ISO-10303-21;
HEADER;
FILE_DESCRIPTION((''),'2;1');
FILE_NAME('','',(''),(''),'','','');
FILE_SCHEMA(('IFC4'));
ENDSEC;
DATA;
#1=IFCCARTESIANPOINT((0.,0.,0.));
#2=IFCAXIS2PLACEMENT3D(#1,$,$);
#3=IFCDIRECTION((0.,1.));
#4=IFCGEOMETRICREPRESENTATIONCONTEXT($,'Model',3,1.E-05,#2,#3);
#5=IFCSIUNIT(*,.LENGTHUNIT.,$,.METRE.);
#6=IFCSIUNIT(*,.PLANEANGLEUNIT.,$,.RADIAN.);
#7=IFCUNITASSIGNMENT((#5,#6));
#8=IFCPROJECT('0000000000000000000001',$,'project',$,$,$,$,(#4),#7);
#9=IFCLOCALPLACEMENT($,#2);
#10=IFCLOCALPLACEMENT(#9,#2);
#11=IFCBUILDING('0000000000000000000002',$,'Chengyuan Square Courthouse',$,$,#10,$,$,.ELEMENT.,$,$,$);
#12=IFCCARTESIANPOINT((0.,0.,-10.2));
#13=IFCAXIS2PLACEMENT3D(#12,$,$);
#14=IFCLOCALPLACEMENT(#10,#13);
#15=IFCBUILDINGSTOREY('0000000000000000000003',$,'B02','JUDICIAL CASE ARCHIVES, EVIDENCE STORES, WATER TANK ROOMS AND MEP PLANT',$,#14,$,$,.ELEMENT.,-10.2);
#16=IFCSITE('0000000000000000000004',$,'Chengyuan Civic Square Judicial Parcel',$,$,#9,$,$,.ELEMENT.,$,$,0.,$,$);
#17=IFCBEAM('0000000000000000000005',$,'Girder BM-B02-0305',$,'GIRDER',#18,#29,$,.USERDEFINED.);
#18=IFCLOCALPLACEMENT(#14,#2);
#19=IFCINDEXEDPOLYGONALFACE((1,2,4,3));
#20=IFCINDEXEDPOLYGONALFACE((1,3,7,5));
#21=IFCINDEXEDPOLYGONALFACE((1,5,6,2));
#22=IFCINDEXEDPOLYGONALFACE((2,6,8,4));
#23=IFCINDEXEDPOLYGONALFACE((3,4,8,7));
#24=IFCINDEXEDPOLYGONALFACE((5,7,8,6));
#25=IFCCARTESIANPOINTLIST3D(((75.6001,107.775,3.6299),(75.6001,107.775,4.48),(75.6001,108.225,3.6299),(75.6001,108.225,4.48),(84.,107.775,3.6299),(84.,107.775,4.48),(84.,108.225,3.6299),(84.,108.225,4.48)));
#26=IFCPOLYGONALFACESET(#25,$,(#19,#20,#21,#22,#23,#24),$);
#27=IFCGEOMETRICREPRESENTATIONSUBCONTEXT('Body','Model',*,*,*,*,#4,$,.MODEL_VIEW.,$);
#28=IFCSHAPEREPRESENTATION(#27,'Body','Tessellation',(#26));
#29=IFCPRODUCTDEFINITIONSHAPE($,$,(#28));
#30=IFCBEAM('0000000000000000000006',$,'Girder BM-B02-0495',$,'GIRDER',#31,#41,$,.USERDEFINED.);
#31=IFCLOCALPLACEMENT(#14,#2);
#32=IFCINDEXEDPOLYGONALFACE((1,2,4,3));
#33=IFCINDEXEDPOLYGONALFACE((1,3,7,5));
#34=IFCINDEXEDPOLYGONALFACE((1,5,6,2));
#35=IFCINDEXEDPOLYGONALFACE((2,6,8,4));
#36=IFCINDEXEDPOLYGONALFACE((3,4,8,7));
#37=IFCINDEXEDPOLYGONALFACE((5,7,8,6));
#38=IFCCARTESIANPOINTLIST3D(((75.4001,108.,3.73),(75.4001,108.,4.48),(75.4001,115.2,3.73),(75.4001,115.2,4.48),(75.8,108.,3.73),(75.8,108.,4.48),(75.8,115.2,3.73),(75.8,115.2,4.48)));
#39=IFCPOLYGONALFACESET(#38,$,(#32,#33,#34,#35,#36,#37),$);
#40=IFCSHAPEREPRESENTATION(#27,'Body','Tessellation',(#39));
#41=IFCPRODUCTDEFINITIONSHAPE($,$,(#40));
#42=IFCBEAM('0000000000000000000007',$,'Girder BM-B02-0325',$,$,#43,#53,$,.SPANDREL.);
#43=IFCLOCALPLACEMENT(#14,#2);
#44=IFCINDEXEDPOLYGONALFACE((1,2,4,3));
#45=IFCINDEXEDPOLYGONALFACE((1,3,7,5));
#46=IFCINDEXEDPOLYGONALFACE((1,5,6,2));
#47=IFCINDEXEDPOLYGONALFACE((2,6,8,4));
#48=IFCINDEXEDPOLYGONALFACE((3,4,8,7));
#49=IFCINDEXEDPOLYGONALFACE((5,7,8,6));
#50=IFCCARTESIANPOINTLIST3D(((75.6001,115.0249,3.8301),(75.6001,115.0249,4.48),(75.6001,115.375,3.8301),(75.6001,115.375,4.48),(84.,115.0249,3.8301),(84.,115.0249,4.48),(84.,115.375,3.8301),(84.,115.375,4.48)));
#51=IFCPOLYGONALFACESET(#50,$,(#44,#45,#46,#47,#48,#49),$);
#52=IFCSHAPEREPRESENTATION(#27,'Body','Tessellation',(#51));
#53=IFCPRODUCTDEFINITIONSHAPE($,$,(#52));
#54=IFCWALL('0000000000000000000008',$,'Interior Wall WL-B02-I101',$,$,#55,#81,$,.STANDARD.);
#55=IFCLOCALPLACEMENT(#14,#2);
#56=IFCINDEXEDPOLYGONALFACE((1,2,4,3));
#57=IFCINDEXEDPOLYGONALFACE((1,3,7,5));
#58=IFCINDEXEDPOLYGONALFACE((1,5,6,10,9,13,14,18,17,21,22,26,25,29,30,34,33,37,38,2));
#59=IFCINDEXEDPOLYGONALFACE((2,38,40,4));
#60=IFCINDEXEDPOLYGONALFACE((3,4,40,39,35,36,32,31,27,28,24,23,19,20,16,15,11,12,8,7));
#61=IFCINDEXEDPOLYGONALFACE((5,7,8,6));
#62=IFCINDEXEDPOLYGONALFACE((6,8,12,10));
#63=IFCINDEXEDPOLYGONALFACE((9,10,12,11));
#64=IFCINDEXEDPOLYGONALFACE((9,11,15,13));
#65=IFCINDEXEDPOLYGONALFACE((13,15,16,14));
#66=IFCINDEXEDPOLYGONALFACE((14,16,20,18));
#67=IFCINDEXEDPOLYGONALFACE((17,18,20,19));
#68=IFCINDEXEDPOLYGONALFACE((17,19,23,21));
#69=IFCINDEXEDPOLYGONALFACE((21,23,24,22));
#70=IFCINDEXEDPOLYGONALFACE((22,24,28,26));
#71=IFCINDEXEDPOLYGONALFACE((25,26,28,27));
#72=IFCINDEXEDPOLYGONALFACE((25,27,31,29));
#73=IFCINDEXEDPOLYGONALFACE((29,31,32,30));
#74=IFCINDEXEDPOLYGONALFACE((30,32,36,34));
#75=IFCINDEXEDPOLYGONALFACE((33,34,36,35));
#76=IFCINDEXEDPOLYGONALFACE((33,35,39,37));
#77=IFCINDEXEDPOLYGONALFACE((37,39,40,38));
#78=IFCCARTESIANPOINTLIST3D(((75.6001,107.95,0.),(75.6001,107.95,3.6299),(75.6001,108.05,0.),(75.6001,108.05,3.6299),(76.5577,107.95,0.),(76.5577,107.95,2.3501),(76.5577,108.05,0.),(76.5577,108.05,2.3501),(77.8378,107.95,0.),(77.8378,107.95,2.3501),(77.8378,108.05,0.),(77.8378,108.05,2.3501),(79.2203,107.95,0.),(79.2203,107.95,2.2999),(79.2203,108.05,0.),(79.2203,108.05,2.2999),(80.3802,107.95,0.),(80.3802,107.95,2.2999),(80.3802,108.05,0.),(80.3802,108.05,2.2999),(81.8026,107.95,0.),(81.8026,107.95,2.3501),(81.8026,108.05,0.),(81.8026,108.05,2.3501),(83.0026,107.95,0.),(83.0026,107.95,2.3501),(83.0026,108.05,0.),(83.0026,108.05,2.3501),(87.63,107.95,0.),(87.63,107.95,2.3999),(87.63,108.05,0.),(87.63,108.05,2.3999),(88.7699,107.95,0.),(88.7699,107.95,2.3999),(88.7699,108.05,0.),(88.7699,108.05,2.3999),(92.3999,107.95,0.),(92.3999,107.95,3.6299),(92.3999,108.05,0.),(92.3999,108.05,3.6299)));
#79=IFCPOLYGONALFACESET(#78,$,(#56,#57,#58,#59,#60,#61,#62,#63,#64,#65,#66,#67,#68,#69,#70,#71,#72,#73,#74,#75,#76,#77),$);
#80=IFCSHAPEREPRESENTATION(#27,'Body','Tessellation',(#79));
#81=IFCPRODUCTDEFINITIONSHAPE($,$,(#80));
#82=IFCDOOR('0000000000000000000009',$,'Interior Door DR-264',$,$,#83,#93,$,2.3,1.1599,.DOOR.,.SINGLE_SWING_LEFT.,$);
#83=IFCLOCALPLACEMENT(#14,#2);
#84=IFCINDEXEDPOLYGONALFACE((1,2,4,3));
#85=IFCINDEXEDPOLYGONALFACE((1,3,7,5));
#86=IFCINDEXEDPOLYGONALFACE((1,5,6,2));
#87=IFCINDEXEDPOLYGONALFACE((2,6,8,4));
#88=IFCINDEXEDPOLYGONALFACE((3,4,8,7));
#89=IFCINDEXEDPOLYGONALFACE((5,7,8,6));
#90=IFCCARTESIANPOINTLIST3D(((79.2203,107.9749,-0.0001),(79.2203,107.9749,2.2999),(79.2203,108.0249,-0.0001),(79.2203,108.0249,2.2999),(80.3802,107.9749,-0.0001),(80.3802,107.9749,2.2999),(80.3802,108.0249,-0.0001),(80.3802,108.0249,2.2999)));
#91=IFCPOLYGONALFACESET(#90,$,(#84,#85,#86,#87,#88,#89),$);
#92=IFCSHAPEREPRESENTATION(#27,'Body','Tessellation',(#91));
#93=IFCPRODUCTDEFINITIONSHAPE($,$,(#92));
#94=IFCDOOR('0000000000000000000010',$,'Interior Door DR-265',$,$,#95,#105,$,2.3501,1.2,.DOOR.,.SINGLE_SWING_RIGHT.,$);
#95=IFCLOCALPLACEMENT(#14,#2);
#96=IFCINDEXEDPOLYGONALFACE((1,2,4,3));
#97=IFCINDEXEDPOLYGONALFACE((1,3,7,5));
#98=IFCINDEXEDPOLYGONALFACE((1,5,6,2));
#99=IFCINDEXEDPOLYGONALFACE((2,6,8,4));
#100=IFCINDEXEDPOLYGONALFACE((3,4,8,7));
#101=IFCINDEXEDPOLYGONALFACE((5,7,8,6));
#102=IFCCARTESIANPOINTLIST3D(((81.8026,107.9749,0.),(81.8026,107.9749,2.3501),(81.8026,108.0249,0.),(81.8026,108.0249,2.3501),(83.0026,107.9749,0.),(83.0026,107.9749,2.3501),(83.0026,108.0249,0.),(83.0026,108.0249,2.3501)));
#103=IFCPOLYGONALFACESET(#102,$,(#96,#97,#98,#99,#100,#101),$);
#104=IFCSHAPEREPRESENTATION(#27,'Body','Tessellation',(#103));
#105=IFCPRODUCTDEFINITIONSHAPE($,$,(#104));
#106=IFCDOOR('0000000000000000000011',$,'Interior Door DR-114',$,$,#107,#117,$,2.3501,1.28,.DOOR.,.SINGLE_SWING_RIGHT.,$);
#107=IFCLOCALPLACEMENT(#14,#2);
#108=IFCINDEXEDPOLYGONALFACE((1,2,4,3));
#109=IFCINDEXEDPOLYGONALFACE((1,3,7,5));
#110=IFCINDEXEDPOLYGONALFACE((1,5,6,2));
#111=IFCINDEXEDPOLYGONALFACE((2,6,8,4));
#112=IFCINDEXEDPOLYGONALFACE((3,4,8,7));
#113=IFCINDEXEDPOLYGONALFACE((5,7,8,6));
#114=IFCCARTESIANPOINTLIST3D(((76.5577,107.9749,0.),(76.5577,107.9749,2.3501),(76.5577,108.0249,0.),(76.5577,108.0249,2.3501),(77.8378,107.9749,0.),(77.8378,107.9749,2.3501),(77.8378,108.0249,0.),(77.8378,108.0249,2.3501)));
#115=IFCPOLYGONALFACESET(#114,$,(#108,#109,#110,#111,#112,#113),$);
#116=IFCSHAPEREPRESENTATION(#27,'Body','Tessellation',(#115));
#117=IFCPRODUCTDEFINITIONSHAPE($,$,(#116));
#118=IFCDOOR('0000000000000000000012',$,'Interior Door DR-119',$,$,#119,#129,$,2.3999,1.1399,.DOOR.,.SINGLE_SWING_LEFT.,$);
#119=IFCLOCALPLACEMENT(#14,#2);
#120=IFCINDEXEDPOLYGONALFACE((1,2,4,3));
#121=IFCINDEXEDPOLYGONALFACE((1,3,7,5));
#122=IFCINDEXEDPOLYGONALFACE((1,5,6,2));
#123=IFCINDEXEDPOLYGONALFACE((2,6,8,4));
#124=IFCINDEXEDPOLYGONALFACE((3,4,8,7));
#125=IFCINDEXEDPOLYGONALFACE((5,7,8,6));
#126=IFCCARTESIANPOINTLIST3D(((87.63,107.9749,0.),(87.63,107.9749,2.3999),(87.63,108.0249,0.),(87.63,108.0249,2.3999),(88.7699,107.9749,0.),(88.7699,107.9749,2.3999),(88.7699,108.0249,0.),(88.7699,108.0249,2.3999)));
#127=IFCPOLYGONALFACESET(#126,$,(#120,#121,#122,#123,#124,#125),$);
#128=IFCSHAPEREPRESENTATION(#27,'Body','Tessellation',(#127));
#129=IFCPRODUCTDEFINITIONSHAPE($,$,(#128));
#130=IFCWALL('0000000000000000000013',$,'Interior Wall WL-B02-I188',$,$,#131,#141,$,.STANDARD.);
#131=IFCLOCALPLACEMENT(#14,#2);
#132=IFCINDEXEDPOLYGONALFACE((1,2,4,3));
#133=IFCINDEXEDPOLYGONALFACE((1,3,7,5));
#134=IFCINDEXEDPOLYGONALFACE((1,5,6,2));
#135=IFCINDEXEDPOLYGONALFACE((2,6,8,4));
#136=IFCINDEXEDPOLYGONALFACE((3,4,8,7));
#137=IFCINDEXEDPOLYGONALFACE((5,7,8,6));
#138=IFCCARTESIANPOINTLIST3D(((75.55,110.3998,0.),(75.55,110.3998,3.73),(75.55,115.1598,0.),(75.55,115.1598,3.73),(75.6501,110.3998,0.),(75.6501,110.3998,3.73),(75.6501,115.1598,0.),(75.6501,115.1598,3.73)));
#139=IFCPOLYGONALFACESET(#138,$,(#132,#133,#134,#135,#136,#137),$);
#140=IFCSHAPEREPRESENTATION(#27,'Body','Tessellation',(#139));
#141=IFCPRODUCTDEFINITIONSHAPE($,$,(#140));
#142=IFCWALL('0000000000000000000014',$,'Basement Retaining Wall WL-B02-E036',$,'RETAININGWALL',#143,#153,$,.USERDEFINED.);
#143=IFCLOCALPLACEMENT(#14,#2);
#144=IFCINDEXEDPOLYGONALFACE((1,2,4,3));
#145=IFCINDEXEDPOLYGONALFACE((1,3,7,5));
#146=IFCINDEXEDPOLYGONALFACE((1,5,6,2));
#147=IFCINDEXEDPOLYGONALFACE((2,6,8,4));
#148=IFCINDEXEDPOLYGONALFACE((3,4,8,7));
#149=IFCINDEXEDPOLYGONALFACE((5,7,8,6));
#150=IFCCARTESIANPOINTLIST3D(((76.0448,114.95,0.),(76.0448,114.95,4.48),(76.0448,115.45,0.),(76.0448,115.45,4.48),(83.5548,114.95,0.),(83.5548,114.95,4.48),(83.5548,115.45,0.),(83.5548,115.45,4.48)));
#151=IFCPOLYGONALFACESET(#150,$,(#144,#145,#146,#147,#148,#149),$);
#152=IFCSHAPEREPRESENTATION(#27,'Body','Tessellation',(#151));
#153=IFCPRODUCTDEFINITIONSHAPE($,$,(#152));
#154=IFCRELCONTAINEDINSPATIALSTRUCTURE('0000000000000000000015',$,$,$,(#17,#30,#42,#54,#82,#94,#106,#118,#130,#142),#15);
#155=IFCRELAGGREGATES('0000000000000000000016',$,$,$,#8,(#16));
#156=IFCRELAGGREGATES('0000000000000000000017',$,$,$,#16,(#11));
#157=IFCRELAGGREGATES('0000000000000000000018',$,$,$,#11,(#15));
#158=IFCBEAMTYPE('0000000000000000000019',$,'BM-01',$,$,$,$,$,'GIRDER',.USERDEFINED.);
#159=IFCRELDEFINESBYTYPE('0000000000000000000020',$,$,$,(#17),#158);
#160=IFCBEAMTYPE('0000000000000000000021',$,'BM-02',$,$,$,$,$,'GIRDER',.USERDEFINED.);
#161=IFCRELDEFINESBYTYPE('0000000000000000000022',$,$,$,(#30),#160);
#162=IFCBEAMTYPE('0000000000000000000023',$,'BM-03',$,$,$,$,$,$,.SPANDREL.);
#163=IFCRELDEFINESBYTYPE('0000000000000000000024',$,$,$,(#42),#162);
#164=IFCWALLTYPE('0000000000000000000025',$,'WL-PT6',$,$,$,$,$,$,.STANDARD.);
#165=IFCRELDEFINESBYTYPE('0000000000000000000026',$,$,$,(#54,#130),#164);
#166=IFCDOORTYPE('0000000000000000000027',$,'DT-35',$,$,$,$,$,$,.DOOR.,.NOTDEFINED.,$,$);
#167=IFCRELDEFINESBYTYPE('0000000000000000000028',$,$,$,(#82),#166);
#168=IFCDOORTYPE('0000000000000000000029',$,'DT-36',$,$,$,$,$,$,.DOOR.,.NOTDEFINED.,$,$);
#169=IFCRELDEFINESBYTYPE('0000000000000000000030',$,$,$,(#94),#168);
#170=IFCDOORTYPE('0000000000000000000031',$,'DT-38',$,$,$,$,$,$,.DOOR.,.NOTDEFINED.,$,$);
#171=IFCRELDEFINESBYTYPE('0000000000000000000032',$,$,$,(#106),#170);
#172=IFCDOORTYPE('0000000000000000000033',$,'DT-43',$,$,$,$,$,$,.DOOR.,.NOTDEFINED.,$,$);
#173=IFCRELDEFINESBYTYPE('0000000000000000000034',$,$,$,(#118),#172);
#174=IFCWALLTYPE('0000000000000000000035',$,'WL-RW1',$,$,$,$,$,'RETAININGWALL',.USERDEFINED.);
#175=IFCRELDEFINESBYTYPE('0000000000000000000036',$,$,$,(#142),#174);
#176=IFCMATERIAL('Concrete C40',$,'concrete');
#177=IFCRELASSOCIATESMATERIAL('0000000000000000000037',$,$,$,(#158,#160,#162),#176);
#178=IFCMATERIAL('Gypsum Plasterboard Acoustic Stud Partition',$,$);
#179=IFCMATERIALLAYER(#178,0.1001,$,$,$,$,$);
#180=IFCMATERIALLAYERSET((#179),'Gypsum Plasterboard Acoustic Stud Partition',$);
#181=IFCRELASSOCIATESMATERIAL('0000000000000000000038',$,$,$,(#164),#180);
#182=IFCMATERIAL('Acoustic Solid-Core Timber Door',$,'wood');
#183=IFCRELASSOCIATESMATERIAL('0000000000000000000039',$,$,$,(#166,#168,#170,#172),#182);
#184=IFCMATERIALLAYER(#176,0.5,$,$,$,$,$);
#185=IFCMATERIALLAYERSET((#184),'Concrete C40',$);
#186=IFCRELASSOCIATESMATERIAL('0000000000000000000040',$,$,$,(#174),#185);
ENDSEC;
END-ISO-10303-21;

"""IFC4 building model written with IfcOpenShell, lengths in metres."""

from ifc_helpers import new_model, si_unit, direction, frame, frame_2d, origin, origin_2d, place, context, subcontext, project, spatial, rectangle, extrude, material, layer, layer_set, material_profile, profile_set, type_object, element, fill, save


model = new_model("IFC4")

# Units and contexts
model_context = context("Model", 3, precision=1e-05, world=origin(), true_north=direction((0.0, 1.0)))
body_context = subcontext(model_context, "Body", "Model", "MODEL_VIEW")
ifc_project = project(units=[si_unit("LENGTHUNIT", "METRE"), si_unit("PLANEANGLEUNIT", "RADIAN")], contexts=[model_context])

# Site, building, storey
site_placement = place(None, origin())
site = spatial("IfcSite", under=ifc_project, at=site_placement, Name="Chengyuan Civic Square Judicial Parcel", CompositionType="ELEMENT", RefElevation=0.0)
building_placement = place(site_placement, origin())
building = spatial("IfcBuilding", under=site, at=building_placement, Name="Chengyuan Square Courthouse", CompositionType="ELEMENT")
storey_placement = place(building_placement, frame((0.0, 0.0, -10.2)))
storey = spatial("IfcBuildingStorey", under=building, at=storey_placement, Name="B02", Description="JUDICIAL CASE ARCHIVES, EVIDENCE STORES, WATER TANK ROOMS AND MEP PLANT", CompositionType="ELEMENT", Elevation=-10.2)

# Shared definitions
ifc_material_1 = material(Name="Concrete C40", Category="concrete")

# Beams
ifc_material_profile_1 = material_profile(ifc_material_1, rectangle(XDim=0.45, YDim=0.8501, at=origin_2d()), Name="RC-BM-450x850")
ifc_profile_set_1 = profile_set([ifc_material_profile_1], Name="Concrete C40")
beam_type_1 = type_object("IfcBeamType", Name="BM-01", ElementType="GIRDER", PredefinedType="USERDEFINED", material=ifc_profile_set_1)
beam_1_placement = place(storey_placement, frame((75.6001, 108.0, 4.0549), z_axis=(1.0, 0.0, 0.0), x_axis=(0.0, 1.0, 0.0)))
element("IfcBeam", 1, at=beam_1_placement, inside=storey, type_object=beam_type_1, Name="Girder BM-B02-0305", ObjectType="GIRDER", PredefinedType="USERDEFINED", context=body_context, shape_type="SweptSolid", body=[
    extrude(rectangle(XDim=0.45, YDim=0.8501, at=origin_2d()), origin(), (0.0, 0.0, 1.0), 8.3999),
])
ifc_material_profile_2 = material_profile(ifc_material_1, rectangle(XDim=0.3999, YDim=0.75, at=origin_2d()), Name="RC-BM-400x750")
ifc_profile_set_2 = profile_set([ifc_material_profile_2], Name="Concrete C40")
beam_type_2 = type_object("IfcBeamType", Name="BM-02", ElementType="GIRDER", PredefinedType="USERDEFINED", material=ifc_profile_set_2)
beam_2_placement = place(storey_placement, frame((75.6001, 108.0, 4.105), z_axis=(0.0, 1.0, 0.0), x_axis=(-1.0, 0.0, 0.0)))
element("IfcBeam", 2, at=beam_2_placement, inside=storey, type_object=beam_type_2, Name="Girder BM-B02-0495", ObjectType="GIRDER", PredefinedType="USERDEFINED", context=body_context, shape_type="SweptSolid", body=[
    extrude(rectangle(XDim=0.3999, YDim=0.75, at=origin_2d()), origin(), (0.0, 0.0, 1.0), 7.2),
])
ifc_material_profile_3 = material_profile(ifc_material_1, rectangle(XDim=0.3501, YDim=0.6499, at=origin_2d()), Name="RC-BM-350x650")
ifc_profile_set_3 = profile_set([ifc_material_profile_3], Name="Concrete C40")
beam_type_3 = type_object("IfcBeamType", Name="BM-03", PredefinedType="SPANDREL", material=ifc_profile_set_3)
beam_3_placement = place(storey_placement, frame((75.6001, 115.2, 4.155), z_axis=(1.0, 0.0, 0.0), x_axis=(0.0, 1.0, 0.0)))
element("IfcBeam", 3, at=beam_3_placement, inside=storey, type_object=beam_type_3, Name="Girder BM-B02-0325", PredefinedType="SPANDREL", context=body_context, shape_type="SweptSolid", body=[
    extrude(rectangle(XDim=0.3501, YDim=0.6499, at=origin_2d()), origin(), (0.0, 0.0, 1.0), 8.3999),
])

# Wall, openings, doors
ifc_material_2 = material(Name="Gypsum Plasterboard Acoustic Stud Partition")
ifc_layer_1 = layer(ifc_material_2, 0.1001)
ifc_layer_set_1 = layer_set([ifc_layer_1], Name="Gypsum Plasterboard Acoustic Stud Partition")
wall_type_1 = type_object("IfcWallType", Name="WL-PT6", PredefinedType="STANDARD", material=ifc_layer_set_1)
wall_1_placement = place(storey_placement, frame((75.6001, 108.0, 0.0), z_axis=(0.0, 0.0, 1.0), x_axis=(1.0, 0.0, 0.0)))
wall_1 = element("IfcWall", 4, at=wall_1_placement, inside=storey, type_object=wall_type_1, Name="Interior Wall WL-B02-I101", PredefinedType="STANDARD", context=body_context, shape_type="SweptSolid", body=[
    extrude(rectangle(XDim=16.7998, YDim=0.1001, at=frame_2d((8.3999, 0.0))), origin(), (0.0, 0.0, 1.0), 3.6299),
])
opening_1_placement = place(wall_1_placement, frame((0.9575, 0.0, 0.0)))
opening_1 = element("IfcOpeningElement", 5, at=opening_1_placement, cuts=wall_1, PredefinedType="OPENING", context=body_context, shape_type="SweptSolid", body=[
    extrude(rectangle(XDim=1.28, YDim=2.3501, at=frame_2d((0.6401, 1.175))), frame((0.0, 0.062, 0.0), z_axis=(0.0, -1.0, 0.0), x_axis=(1.0, 0.0, 0.0)), (0.0, 0.0, 1.0), 0.124),
])
opening_2_placement = place(wall_1_placement, frame((12.03, 0.0, 0.0)))
opening_2 = element("IfcOpeningElement", 6, at=opening_2_placement, cuts=wall_1, PredefinedType="OPENING", context=body_context, shape_type="SweptSolid", body=[
    extrude(rectangle(XDim=1.1399, YDim=2.3999, at=frame_2d((0.5698, 1.2))), frame((0.0, 0.062, 0.0), z_axis=(0.0, -1.0, 0.0), x_axis=(1.0, 0.0, 0.0)), (0.0, 0.0, 1.0), 0.124),
])
opening_3_placement = place(wall_1_placement, frame((3.6201, 0.0, 0.0)))
opening_3 = element("IfcOpeningElement", 7, at=opening_3_placement, cuts=wall_1, PredefinedType="OPENING", context=body_context, shape_type="SweptSolid", body=[
    extrude(rectangle(XDim=1.1599, YDim=2.3, at=frame_2d((0.5801, 1.1499))), frame((0.0, 0.062, 0.0), z_axis=(0.0, -1.0, 0.0), x_axis=(1.0, 0.0, 0.0)), (0.0, 0.0, 1.0), 0.124),
])
opening_4_placement = place(wall_1_placement, frame((6.2024, 0.0, 0.0)))
opening_4 = element("IfcOpeningElement", 8, at=opening_4_placement, cuts=wall_1, PredefinedType="OPENING", context=body_context, shape_type="SweptSolid", body=[
    extrude(rectangle(XDim=1.2, YDim=2.3501, at=frame_2d((0.6001, 1.175))), frame((0.0, 0.062, 0.0), z_axis=(0.0, -1.0, 0.0), x_axis=(1.0, 0.0, 0.0)), (0.0, 0.0, 1.0), 0.124),
])
ifc_material_3 = material(Name="Acoustic Solid-Core Timber Door", Category="wood")
door_type_1 = type_object("IfcDoorType", Name="DT-35", OperationType="NOTDEFINED", PredefinedType="DOOR", material=ifc_material_3)
door_1_placement = place(opening_3_placement, origin())
door_1 = element("IfcDoor", 9, at=door_1_placement, inside=storey, type_object=door_type_1, Name="Interior Door DR-264", OperationType="SINGLE_SWING_LEFT", OverallHeight=2.3, OverallWidth=1.1599, PredefinedType="DOOR", context=body_context, shape_type="SweptSolid", body=[
    extrude(rectangle(XDim=1.1599, YDim=2.3, at=frame_2d((0.5801, 1.1499))), frame((0.0, 0.0249, 0.0), z_axis=(0.0, -1.0, 0.0), x_axis=(1.0, 0.0, 0.0)), (0.0, 0.0, 1.0), 0.05),
])
fill(opening_3, door_1)
door_type_2 = type_object("IfcDoorType", Name="DT-36", OperationType="NOTDEFINED", PredefinedType="DOOR", material=ifc_material_3)
door_2_placement = place(opening_4_placement, origin())
door_2 = element("IfcDoor", 10, at=door_2_placement, inside=storey, type_object=door_type_2, Name="Interior Door DR-265", OperationType="SINGLE_SWING_RIGHT", OverallHeight=2.3501, OverallWidth=1.2, PredefinedType="DOOR", context=body_context, shape_type="SweptSolid", body=[
    extrude(rectangle(XDim=1.2, YDim=2.3501, at=frame_2d((0.6001, 1.175))), frame((0.0, 0.0249, 0.0), z_axis=(0.0, -1.0, 0.0), x_axis=(1.0, 0.0, 0.0)), (0.0, 0.0, 1.0), 0.05),
])
fill(opening_4, door_2)
door_type_3 = type_object("IfcDoorType", Name="DT-38", OperationType="NOTDEFINED", PredefinedType="DOOR", material=ifc_material_3)
door_3_placement = place(opening_1_placement, origin())
door_3 = element("IfcDoor", 11, at=door_3_placement, inside=storey, type_object=door_type_3, Name="Interior Door DR-114", OperationType="SINGLE_SWING_RIGHT", OverallHeight=2.3501, OverallWidth=1.28, PredefinedType="DOOR", context=body_context, shape_type="SweptSolid", body=[
    extrude(rectangle(XDim=1.28, YDim=2.3501, at=frame_2d((0.6401, 1.175))), frame((0.0, 0.0249, 0.0), z_axis=(0.0, -1.0, 0.0), x_axis=(1.0, 0.0, 0.0)), (0.0, 0.0, 1.0), 0.05),
])
fill(opening_1, door_3)
door_type_4 = type_object("IfcDoorType", Name="DT-43", OperationType="NOTDEFINED", PredefinedType="DOOR", material=ifc_material_3)
door_4_placement = place(opening_2_placement, origin())
door_4 = element("IfcDoor", 12, at=door_4_placement, inside=storey, type_object=door_type_4, Name="Interior Door DR-119", OperationType="SINGLE_SWING_LEFT", OverallHeight=2.3999, OverallWidth=1.1399, PredefinedType="DOOR", context=body_context, shape_type="SweptSolid", body=[
    extrude(rectangle(XDim=1.1399, YDim=2.3999, at=frame_2d((0.5698, 1.2))), frame((0.0, 0.0249, 0.0), z_axis=(0.0, -1.0, 0.0), x_axis=(1.0, 0.0, 0.0)), (0.0, 0.0, 1.0), 0.05),
])
fill(opening_2, door_4)

# Walls
wall_2_placement = place(storey_placement, frame((75.6001, 110.3999, 0.0), z_axis=(0.0, 0.0, 1.0), x_axis=(0.0, 1.0, 0.0)))
element("IfcWall", 13, at=wall_2_placement, inside=storey, type_object=wall_type_1, Name="Interior Wall WL-B02-I188", PredefinedType="STANDARD", context=body_context, shape_type="SweptSolid", body=[
    extrude(rectangle(XDim=4.76, YDim=0.1001, at=frame_2d((2.3799, 0.0))), origin(), (0.0, 0.0, 1.0), 3.73),
])
ifc_layer_2 = layer(ifc_material_1, 0.5)
ifc_layer_set_2 = layer_set([ifc_layer_2], Name="Concrete C40")
wall_type_2 = type_object("IfcWallType", Name="WL-RW1", ElementType="RETAININGWALL", PredefinedType="USERDEFINED", material=ifc_layer_set_2)
wall_3_placement = place(storey_placement, frame((76.0449, 115.2, 0.0), z_axis=(0.0, 0.0, 1.0), x_axis=(1.0, 0.0, 0.0)))
element("IfcWall", 14, at=wall_3_placement, inside=storey, type_object=wall_type_2, Name="Basement Retaining Wall WL-B02-E036", ObjectType="RETAININGWALL", PredefinedType="USERDEFINED", context=body_context, shape_type="SweptSolid", body=[
    extrude(rectangle(XDim=7.51, YDim=0.5, at=frame_2d((3.7549, 0.0))), origin(), (0.0, 0.0, 1.0), 4.48),
])

save(model, "model.ifc")
